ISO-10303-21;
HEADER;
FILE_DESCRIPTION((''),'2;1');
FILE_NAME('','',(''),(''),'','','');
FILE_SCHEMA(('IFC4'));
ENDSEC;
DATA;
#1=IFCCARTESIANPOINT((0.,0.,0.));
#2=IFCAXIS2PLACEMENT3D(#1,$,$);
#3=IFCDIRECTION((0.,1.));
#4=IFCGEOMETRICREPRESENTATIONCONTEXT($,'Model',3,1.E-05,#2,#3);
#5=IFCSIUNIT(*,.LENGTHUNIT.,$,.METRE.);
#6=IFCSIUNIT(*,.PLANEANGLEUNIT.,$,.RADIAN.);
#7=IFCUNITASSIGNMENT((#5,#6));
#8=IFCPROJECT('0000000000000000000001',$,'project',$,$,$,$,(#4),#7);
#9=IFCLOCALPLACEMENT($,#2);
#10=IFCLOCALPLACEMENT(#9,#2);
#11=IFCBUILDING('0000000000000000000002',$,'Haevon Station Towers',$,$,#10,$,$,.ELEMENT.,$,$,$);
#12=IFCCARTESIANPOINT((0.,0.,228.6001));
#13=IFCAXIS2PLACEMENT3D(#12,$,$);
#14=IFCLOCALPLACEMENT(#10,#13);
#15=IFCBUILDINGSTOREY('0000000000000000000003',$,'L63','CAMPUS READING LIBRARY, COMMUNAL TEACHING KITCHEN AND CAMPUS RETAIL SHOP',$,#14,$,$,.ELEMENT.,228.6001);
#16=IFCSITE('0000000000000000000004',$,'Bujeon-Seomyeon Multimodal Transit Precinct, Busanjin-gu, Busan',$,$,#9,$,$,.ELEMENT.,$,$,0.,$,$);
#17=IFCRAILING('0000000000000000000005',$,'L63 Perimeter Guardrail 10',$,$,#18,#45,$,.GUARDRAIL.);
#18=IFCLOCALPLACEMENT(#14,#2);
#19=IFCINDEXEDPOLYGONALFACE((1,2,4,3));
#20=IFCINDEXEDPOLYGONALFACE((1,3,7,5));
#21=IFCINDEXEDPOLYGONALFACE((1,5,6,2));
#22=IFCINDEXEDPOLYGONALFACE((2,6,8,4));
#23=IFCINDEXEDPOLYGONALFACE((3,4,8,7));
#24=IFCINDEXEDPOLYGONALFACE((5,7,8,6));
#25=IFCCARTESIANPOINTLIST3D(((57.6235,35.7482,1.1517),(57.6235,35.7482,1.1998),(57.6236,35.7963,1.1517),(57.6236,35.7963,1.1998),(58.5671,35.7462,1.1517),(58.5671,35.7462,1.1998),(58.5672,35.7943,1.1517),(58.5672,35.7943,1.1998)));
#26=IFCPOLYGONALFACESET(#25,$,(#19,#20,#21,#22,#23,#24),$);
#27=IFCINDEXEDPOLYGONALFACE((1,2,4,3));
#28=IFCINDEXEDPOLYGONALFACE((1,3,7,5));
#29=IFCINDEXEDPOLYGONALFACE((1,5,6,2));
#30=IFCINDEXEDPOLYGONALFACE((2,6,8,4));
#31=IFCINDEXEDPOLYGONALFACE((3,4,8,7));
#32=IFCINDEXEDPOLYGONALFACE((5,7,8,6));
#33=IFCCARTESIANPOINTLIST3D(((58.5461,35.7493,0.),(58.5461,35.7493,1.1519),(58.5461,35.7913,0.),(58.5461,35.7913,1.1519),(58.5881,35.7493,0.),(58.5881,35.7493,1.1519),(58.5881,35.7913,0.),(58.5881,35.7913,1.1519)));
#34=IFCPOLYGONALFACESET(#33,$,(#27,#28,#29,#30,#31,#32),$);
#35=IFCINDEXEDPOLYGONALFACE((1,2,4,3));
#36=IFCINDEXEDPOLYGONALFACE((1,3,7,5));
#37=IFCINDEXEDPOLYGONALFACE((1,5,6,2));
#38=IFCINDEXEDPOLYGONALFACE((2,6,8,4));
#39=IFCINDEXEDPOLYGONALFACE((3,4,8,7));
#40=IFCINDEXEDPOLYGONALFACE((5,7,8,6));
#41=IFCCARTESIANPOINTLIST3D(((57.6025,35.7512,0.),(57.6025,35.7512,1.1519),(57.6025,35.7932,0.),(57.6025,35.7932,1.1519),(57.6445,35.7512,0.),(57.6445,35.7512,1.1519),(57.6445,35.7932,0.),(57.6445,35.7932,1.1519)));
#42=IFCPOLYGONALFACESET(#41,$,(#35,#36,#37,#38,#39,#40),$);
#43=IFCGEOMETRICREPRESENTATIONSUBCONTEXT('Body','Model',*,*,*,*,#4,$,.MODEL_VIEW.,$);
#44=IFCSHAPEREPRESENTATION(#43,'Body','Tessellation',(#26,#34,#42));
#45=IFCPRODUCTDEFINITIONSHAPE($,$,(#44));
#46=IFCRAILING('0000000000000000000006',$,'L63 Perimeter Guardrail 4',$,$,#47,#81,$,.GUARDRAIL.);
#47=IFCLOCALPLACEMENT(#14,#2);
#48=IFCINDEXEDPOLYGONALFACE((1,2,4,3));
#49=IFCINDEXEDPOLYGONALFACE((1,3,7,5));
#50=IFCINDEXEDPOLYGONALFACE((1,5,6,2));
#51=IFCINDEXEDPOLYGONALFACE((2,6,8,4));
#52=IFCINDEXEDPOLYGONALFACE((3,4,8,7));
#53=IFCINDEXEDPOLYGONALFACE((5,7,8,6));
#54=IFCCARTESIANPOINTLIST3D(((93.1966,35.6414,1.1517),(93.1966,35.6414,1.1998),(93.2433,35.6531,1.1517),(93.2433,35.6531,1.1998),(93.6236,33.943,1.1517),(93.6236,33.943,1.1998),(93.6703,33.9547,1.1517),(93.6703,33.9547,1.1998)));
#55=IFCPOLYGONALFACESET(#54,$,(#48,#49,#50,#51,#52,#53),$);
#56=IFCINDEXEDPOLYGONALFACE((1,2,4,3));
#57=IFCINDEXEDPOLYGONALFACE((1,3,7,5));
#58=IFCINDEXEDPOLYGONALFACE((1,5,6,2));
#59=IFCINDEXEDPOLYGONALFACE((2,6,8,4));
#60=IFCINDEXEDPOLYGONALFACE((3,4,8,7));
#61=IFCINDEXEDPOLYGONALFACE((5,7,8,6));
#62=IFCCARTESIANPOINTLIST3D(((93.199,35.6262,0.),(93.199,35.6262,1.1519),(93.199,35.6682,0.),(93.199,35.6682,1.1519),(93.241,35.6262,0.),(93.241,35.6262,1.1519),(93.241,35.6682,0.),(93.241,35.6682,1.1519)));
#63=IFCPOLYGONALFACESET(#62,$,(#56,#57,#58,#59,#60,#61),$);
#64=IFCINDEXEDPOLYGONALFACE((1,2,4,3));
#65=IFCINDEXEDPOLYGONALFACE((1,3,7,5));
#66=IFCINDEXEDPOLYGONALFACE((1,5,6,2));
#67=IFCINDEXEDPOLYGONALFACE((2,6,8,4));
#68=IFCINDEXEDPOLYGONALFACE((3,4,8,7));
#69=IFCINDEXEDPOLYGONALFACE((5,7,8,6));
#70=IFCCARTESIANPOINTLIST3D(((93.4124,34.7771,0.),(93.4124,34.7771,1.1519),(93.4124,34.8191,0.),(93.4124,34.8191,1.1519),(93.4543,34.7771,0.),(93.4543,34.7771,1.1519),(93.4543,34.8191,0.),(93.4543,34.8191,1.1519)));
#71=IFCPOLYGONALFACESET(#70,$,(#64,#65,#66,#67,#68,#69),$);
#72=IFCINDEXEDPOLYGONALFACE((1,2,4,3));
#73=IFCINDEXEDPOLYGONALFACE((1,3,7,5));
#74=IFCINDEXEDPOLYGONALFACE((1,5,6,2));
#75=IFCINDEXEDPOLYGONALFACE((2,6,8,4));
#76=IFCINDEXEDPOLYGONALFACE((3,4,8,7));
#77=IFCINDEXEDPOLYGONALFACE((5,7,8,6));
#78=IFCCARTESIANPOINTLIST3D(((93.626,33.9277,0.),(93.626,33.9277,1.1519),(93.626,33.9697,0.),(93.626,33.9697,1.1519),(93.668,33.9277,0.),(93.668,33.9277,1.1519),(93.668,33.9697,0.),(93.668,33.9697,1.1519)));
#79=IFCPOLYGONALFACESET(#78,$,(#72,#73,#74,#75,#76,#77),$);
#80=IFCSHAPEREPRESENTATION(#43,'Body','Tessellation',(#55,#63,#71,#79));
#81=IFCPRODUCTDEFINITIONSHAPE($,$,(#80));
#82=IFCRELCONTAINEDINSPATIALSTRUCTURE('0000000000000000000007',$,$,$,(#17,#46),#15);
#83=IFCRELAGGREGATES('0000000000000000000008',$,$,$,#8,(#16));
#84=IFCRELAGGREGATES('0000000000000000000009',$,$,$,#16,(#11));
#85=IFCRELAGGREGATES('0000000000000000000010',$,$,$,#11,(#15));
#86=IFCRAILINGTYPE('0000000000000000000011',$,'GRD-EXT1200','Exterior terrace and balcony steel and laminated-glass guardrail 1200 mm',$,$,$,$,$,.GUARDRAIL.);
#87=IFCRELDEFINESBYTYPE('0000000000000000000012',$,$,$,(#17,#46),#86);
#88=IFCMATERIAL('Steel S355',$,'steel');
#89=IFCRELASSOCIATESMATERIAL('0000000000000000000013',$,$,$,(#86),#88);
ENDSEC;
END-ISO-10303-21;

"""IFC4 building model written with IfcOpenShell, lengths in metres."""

from ifc_helpers import new_model, si_unit, direction, frame, origin, origin_2d, place, context, subcontext, project, spatial, rectangle, extrude, material, type_object, element, save


model = new_model("IFC4")

# Units and contexts
model_context = context("Model", 3, precision=1e-05, world=origin(), true_north=direction((0.0, 1.0)))
body_context = subcontext(model_context, "Body", "Model", "MODEL_VIEW")
ifc_project = project(units=[si_unit("LENGTHUNIT", "METRE"), si_unit("PLANEANGLEUNIT", "RADIAN")], contexts=[model_context])

# Site, building, storey
site_placement = place(None, origin())
site = spatial("IfcSite", under=ifc_project, at=site_placement, Name="Bujeon-Seomyeon Multimodal Transit Precinct, Busanjin-gu, Busan", CompositionType="ELEMENT", RefElevation=0.0)
building_placement = place(site_placement, origin())
building = spatial("IfcBuilding", under=site, at=building_placement, Name="Haevon Station Towers", CompositionType="ELEMENT")
storey_placement = place(building_placement, frame((0.0, 0.0, 228.6001)))
storey = spatial("IfcBuildingStorey", under=building, at=storey_placement, Name="L63", Description="CAMPUS READING LIBRARY, COMMUNAL TEACHING KITCHEN AND CAMPUS RETAIL SHOP", CompositionType="ELEMENT", Elevation=228.6001)

# Shared definitions
ifc_material_1 = material(Name="Steel S355", Category="steel")

# Railings
railing_type = type_object("IfcRailingType", Name="GRD-EXT1200", Description="Exterior terrace and balcony steel and laminated-glass guardrail 1200 mm", PredefinedType="GUARDRAIL", material=ifc_material_1)
railing_1_placement = place(storey_placement, frame((58.5671, 35.7703, 0.0)))
element("IfcRailing", 1, at=railing_1_placement, inside=storey, type_object=railing_type, Name="L63 Perimeter Guardrail 10", PredefinedType="GUARDRAIL", context=body_context, shape_type="SweptSolid", body=[
    extrude(rectangle(XDim=0.0481, YDim=0.0481, at=origin_2d()), frame((0.0, 0.0, 1.1758), z_axis=(-0.999998, 0.00207, 0.0), x_axis=(-0.00207, -0.999998, 0.0)), (0.0, 0.0, 1.0), 0.9436),
    extrude(rectangle(XDim=0.042, YDim=0.042, at=origin_2d()), origin(), (0.0, 0.0, 1.0), 1.1519),
    extrude(rectangle(XDim=0.042, YDim=0.042, at=origin_2d()), frame((-0.9436, 0.002, 0.0)), (0.0, 0.0, 1.0), 1.1519),
])
railing_2_placement = place(storey_placement, frame((93.22, 35.6472, 0.0)))
element("IfcRailing", 2, at=railing_2_placement, inside=storey, type_object=railing_type, Name="L63 Perimeter Guardrail 4", PredefinedType="GUARDRAIL", context=body_context, shape_type="SweptSolid", body=[
    extrude(rectangle(XDim=0.0481, YDim=0.0481, at=origin_2d()), frame((0.0, 0.0, 1.1758), z_axis=(0.243815, -0.969822, 0.0), x_axis=(0.969822, 0.243815, 0.0)), (0.0, 0.0, 1.0), 1.7512),
    extrude(rectangle(XDim=0.042, YDim=0.042, at=origin_2d()), origin(), (0.0, 0.0, 1.0), 1.1519),
    extrude(rectangle(XDim=0.042, YDim=0.042, at=origin_2d()), frame((0.2134, -0.8491, 0.0)), (0.0, 0.0, 1.0), 1.1519),
    extrude(rectangle(XDim=0.042, YDim=0.042, at=origin_2d()), frame((0.427, -1.6985, 0.0)), (0.0, 0.0, 1.0), 1.1519),
])

save(model, "model.ifc")
